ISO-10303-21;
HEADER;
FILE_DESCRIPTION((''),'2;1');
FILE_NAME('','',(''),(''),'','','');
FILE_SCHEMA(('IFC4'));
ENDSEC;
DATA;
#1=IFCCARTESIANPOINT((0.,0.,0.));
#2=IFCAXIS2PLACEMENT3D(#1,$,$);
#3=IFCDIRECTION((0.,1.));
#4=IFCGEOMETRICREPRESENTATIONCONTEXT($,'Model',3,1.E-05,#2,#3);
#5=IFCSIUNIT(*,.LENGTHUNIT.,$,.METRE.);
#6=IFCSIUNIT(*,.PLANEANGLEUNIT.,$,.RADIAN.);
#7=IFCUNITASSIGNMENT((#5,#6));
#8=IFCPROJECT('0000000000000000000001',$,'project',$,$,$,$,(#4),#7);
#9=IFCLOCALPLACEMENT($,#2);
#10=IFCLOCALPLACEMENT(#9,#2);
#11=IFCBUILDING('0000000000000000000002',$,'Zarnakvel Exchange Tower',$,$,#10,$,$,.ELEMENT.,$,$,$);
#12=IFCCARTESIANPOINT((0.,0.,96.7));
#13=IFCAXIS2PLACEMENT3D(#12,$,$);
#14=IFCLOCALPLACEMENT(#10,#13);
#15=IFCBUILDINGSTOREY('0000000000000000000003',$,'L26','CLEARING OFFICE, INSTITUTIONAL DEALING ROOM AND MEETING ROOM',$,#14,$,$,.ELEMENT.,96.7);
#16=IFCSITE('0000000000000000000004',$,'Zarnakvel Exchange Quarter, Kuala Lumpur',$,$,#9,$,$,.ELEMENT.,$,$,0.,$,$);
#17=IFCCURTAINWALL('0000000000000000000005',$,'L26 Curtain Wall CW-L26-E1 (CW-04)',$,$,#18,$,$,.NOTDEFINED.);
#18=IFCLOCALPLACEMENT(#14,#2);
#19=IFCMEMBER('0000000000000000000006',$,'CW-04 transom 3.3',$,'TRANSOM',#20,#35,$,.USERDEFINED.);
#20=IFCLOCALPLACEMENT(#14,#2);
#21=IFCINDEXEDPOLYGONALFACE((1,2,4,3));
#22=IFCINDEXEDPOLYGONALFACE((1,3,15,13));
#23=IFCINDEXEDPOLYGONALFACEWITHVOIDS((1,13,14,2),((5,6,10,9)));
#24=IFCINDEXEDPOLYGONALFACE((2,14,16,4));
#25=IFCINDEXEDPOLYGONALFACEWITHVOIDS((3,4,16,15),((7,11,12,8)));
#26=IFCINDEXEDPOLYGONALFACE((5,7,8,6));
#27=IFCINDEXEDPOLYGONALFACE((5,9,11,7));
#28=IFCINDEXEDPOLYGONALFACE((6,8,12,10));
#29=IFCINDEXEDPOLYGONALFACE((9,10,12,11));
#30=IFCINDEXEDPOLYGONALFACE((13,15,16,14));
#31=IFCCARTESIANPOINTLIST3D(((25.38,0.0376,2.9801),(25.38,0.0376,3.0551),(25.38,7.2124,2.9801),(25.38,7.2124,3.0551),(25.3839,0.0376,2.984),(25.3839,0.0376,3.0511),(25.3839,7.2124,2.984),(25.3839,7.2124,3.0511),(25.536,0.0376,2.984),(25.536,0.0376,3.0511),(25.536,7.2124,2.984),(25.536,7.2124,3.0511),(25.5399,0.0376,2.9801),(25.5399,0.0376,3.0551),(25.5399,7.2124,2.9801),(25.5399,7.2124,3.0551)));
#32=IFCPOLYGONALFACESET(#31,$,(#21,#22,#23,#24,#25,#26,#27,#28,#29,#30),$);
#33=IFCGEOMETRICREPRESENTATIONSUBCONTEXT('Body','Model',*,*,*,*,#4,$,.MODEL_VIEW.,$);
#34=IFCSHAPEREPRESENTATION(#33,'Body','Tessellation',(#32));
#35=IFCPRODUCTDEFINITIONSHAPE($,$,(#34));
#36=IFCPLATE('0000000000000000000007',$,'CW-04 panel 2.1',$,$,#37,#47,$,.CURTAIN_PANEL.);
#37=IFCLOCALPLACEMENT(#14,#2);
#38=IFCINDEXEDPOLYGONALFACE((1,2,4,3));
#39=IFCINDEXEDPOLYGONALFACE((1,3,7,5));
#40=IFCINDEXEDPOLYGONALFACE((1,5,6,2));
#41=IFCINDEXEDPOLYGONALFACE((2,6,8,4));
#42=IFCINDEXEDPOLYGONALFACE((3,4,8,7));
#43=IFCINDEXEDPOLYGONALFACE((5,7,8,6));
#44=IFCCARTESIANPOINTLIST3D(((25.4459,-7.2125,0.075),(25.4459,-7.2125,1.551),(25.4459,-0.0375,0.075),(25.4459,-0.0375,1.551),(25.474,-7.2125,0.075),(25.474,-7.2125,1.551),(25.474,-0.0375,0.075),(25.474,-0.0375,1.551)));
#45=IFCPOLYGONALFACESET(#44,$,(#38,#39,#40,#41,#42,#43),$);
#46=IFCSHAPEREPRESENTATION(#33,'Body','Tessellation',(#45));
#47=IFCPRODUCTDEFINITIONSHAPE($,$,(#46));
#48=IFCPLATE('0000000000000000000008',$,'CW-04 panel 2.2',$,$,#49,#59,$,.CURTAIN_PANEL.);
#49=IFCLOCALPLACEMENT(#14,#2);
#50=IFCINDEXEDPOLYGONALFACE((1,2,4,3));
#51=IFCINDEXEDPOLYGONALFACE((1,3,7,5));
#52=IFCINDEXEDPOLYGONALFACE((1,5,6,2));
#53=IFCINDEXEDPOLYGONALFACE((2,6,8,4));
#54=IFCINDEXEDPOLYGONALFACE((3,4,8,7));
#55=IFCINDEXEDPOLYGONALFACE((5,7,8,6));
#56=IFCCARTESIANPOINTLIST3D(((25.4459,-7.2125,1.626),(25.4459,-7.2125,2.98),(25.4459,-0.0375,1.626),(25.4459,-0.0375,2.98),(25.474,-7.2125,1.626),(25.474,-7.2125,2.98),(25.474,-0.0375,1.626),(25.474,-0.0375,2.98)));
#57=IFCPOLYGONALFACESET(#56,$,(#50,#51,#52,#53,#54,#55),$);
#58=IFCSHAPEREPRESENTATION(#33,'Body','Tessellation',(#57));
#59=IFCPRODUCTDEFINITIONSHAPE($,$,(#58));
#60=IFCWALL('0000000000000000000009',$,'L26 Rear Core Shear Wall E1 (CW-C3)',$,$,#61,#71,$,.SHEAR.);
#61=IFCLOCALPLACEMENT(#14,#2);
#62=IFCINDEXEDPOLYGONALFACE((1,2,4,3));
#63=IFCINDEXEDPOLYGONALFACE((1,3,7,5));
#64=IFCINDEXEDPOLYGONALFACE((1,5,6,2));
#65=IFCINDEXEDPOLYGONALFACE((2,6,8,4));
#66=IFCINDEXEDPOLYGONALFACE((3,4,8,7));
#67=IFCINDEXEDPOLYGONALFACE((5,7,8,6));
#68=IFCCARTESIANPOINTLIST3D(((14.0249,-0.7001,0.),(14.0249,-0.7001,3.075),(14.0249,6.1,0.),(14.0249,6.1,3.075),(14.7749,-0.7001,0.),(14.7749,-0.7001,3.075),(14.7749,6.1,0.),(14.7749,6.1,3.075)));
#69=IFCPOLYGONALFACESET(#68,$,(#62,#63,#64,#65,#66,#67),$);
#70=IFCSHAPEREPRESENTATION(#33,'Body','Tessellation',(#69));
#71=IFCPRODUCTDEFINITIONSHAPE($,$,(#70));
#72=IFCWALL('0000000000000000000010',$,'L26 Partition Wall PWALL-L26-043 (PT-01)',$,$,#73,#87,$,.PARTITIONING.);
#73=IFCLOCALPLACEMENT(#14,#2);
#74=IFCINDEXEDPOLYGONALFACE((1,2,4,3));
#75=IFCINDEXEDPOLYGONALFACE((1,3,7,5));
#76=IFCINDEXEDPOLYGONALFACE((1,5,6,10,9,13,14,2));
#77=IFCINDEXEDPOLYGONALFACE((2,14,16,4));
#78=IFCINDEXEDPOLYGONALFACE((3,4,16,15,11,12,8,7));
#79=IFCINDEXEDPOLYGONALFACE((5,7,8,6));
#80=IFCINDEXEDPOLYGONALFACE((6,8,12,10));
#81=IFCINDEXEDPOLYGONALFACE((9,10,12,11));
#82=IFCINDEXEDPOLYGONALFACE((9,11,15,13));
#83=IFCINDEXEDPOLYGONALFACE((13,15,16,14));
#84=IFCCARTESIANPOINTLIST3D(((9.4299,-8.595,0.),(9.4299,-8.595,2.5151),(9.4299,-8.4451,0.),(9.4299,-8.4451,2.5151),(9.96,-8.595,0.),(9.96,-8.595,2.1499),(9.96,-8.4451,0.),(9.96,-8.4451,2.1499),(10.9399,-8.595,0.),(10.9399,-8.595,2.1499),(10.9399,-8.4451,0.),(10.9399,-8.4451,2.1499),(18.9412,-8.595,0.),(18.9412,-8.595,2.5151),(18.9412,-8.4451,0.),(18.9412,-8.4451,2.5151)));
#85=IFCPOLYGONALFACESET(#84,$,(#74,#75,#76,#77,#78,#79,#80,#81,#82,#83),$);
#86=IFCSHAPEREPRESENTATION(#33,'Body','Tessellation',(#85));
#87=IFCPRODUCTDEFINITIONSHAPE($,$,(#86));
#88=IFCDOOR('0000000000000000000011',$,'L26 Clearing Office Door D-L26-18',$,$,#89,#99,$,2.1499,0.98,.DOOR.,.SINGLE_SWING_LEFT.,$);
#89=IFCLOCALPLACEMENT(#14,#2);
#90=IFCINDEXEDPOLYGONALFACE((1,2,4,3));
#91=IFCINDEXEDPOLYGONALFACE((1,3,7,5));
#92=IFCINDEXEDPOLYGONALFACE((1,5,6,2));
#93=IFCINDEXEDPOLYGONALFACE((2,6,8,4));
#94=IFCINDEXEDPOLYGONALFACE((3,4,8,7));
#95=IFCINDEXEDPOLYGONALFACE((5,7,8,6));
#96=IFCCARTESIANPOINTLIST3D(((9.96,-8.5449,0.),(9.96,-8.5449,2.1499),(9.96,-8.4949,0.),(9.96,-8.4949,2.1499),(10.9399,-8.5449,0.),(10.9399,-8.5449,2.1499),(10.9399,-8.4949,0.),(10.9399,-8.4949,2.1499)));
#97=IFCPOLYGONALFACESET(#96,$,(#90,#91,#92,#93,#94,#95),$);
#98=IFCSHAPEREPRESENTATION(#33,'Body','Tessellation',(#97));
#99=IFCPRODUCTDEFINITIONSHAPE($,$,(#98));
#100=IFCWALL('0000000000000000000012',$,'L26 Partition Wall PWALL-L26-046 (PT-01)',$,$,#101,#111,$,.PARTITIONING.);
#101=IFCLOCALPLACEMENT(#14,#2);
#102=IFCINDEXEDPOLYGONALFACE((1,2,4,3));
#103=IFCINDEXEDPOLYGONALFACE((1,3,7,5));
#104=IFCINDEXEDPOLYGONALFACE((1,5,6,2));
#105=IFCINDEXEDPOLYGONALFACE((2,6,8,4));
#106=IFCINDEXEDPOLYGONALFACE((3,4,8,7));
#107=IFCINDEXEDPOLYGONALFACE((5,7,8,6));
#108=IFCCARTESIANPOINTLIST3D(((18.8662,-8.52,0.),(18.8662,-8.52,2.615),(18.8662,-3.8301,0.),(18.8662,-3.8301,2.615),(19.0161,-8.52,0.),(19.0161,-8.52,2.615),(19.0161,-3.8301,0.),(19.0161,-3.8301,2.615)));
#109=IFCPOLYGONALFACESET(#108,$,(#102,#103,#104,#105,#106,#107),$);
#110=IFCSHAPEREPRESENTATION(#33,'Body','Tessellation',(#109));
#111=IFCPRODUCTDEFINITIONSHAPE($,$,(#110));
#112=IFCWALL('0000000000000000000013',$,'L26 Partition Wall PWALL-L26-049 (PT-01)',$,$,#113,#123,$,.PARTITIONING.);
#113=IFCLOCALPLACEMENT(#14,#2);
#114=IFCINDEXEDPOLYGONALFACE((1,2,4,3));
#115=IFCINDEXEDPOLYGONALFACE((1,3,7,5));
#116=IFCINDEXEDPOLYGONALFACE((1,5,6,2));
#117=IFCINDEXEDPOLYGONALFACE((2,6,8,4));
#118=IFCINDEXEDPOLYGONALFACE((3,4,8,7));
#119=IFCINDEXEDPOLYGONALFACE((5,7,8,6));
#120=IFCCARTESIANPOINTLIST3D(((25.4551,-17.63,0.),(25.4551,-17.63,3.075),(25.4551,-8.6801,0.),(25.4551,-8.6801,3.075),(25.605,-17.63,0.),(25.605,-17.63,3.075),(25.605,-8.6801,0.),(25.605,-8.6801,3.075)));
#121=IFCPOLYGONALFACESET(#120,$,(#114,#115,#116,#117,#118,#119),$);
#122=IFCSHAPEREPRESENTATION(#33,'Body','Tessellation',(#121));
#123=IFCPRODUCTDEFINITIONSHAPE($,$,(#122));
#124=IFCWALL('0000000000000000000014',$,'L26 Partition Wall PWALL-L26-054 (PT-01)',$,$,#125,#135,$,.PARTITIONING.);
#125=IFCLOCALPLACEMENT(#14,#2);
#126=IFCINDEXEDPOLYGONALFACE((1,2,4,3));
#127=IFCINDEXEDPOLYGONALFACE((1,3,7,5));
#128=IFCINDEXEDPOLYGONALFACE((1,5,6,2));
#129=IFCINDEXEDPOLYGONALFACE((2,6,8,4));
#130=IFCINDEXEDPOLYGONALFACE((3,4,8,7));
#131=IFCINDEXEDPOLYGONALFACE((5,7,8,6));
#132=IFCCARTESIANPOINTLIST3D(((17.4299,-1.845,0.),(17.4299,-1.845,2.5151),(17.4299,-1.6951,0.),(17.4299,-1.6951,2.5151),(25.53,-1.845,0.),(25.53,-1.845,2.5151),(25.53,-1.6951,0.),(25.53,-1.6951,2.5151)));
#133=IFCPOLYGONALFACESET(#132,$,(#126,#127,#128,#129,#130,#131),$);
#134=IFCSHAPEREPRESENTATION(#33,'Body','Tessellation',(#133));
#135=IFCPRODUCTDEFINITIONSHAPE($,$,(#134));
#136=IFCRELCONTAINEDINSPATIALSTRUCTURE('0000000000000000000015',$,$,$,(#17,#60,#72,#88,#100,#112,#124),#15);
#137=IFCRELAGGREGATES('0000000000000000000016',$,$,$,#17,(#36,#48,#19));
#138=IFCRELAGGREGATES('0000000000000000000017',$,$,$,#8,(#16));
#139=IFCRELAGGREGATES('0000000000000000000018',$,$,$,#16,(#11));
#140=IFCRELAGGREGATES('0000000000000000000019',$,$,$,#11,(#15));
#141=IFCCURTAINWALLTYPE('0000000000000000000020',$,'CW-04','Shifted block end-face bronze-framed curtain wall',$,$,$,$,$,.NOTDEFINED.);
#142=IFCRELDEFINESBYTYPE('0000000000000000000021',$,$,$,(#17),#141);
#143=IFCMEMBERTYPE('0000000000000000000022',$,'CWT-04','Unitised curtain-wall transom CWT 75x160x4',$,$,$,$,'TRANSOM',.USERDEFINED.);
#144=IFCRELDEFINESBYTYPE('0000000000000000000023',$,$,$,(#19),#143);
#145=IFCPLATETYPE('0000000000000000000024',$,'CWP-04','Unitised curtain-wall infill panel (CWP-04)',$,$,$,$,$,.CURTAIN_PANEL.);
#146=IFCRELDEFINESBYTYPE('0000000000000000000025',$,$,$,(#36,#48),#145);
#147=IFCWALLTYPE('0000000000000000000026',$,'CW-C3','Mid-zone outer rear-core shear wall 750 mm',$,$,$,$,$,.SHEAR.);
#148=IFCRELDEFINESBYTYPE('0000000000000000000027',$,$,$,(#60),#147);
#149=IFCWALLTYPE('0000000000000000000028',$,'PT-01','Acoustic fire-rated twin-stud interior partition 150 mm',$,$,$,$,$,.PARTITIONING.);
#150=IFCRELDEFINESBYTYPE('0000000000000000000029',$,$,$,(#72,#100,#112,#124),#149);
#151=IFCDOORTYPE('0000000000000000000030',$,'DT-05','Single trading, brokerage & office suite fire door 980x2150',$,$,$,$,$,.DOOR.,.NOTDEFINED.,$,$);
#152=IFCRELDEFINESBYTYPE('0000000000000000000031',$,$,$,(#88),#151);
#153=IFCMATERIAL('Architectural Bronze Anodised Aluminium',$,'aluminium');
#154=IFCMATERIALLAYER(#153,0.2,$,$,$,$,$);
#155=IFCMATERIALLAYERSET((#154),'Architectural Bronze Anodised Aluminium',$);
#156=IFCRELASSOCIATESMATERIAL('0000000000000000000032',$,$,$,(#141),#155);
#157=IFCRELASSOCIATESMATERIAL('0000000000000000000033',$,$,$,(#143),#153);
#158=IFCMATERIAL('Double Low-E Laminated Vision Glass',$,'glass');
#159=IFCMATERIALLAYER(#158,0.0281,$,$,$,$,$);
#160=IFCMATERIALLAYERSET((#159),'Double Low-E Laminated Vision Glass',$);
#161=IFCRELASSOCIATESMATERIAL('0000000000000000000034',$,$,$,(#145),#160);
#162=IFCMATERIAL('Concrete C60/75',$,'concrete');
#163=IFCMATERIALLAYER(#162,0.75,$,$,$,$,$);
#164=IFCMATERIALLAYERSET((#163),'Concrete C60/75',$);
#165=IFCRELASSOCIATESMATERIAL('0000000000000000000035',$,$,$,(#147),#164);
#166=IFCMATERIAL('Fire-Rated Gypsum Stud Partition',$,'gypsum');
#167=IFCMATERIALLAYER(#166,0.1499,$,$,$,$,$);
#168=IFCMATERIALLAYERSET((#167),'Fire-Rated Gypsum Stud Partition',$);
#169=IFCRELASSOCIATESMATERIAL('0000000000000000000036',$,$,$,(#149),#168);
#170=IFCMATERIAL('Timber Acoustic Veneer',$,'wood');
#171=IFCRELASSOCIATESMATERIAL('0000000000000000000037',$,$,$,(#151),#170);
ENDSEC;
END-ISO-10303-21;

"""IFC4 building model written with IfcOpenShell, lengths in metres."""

from ifc_helpers import new_model, si_unit, direction, frame, frame_2d, origin, origin_2d, place, context, subcontext, project, spatial, rectangle, hollow_rectangle, extrude, source, transform, mapped, material, layer, layer_set, material_profile, profile_set, type_object, element, fill, aggregate, save


model = new_model("IFC4")

# Units and contexts
model_context = context("Model", 3, precision=1e-05, world=origin(), true_north=direction((0.0, 1.0)))
body_context = subcontext(model_context, "Body", "Model", "MODEL_VIEW")
ifc_project = project(units=[si_unit("LENGTHUNIT", "METRE"), si_unit("PLANEANGLEUNIT", "RADIAN")], contexts=[model_context])

# Site, building, storey
site_placement = place(None, origin())
site = spatial("IfcSite", under=ifc_project, at=site_placement, Name="Zarnakvel Exchange Quarter, Kuala Lumpur", CompositionType="ELEMENT", RefElevation=0.0)
building_placement = place(site_placement, origin())
building = spatial("IfcBuilding", under=site, at=building_placement, Name="Zarnakvel Exchange Tower", CompositionType="ELEMENT")
storey_placement = place(building_placement, frame((0.0, 0.0, 96.7)))
storey = spatial("IfcBuildingStorey", under=building, at=storey_placement, Name="L26", Description="CLEARING OFFICE, INSTITUTIONAL DEALING ROOM AND MEETING ROOM", CompositionType="ELEMENT", Elevation=96.7)

# Shared definitions
ifc_material_1 = material(Name="Concrete C60/75", Category="concrete")

# Curtain wall, member, plates
ifc_material_2 = material(Name="Architectural Bronze Anodised Aluminium", Category="aluminium")
ifc_layer_1 = layer(ifc_material_2, 0.2)
ifc_layer_set_1 = layer_set([ifc_layer_1], Name="Architectural Bronze Anodised Aluminium")
curtain_wall_type = type_object("IfcCurtainWallType", Name="CW-04", Description="Shifted block end-face bronze-framed curtain wall", PredefinedType="NOTDEFINED", material=ifc_layer_set_1)
curtain_wall_placement = place(storey_placement, origin())
curtain_wall = element("IfcCurtainWall", 1, at=curtain_wall_placement, inside=storey, type_object=curtain_wall_type, Name="L26 Curtain Wall CW-L26-E1 (CW-04)", PredefinedType="NOTDEFINED")
ifc_material_profile_1 = material_profile(ifc_material_2, hollow_rectangle(XDim=0.1599, YDim=0.075, WallThickness=0.0039, at=origin_2d()))
ifc_profile_set_1 = profile_set([ifc_material_profile_1], Name="Architectural Bronze Anodised Aluminium")
member_type_1 = type_object("IfcMemberType", Name="CWT-04", Description="Unitised curtain-wall transom CWT 75x160x4", ElementType="TRANSOM", PredefinedType="USERDEFINED", material=ifc_profile_set_1)
shared_shape_1 = source(origin(), body_context, "Body", "SweptSolid", [
    extrude(hollow_rectangle(XDim=0.1599, YDim=0.075, WallThickness=0.0039, at=origin_2d()), origin(), (0.0, 0.0, 1.0), 7.1748),
])
member_1_placement = place(storey_placement, frame((25.46, 0.0376, 3.0176), z_axis=(0.0, 1.0, 0.0), x_axis=(-1.0, 0.0, 0.0)))
member_1 = element("IfcMember", 2, at=member_1_placement, type_object=member_type_1, Name="CW-04 transom 3.3", ObjectType="TRANSOM", PredefinedType="USERDEFINED", context=body_context, shape_type="MappedRepresentation", body=[
    mapped(shared_shape_1, transform((0.0, 0.0, 0.0), x_axis=(1.0, 0.0, 0.0), y_axis=(0.0, 1.0, 0.0), z_axis=(0.0, 0.0, 1.0), scale=1.0)),
])
ifc_material_3 = material(Name="Double Low-E Laminated Vision Glass", Category="glass")
ifc_layer_2 = layer(ifc_material_3, 0.0281)
ifc_layer_set_2 = layer_set([ifc_layer_2], Name="Double Low-E Laminated Vision Glass")
plate_type = type_object("IfcPlateType", Name="CWP-04", Description="Unitised curtain-wall infill panel (CWP-04)", PredefinedType="CURTAIN_PANEL", material=ifc_layer_set_2)
shared_shape_2 = source(origin(), body_context, "Body", "SweptSolid", [
    extrude(rectangle(XDim=7.175, YDim=0.0281, at=origin_2d()), origin(), (0.0, 0.0, 1.0), 1.4761),
])
plate_1_placement = place(storey_placement, frame((25.46, -3.625, 0.075), z_axis=(0.0, 0.0, 1.0), x_axis=(0.0, 1.0, 0.0)))
plate_1 = element("IfcPlate", 3, at=plate_1_placement, type_object=plate_type, Name="CW-04 panel 2.1", PredefinedType="CURTAIN_PANEL", context=body_context, shape_type="MappedRepresentation", body=[
    mapped(shared_shape_2, transform((0.0, 0.0, 0.0), x_axis=(1.0, 0.0, 0.0), y_axis=(0.0, 1.0, 0.0), z_axis=(0.0, 0.0, 1.0), scale=1.0)),
])
shared_shape_3 = source(origin(), body_context, "Body", "SweptSolid", [
    extrude(rectangle(XDim=7.175, YDim=0.0281, at=origin_2d()), origin(), (0.0, 0.0, 1.0), 1.354),
])
plate_2_placement = place(storey_placement, frame((25.46, -3.625, 1.626), z_axis=(0.0, 0.0, 1.0), x_axis=(0.0, 1.0, 0.0)))
plate_2 = element("IfcPlate", 4, at=plate_2_placement, type_object=plate_type, Name="CW-04 panel 2.2", PredefinedType="CURTAIN_PANEL", context=body_context, shape_type="MappedRepresentation", body=[
    mapped(shared_shape_3, transform((0.0, 0.0, 0.0), x_axis=(1.0, 0.0, 0.0), y_axis=(0.0, 1.0, 0.0), z_axis=(0.0, 0.0, 1.0), scale=1.0)),
])
aggregate(curtain_wall, [plate_1, plate_2, member_1])

# Wall
ifc_layer_3 = layer(ifc_material_1, 0.75)
ifc_layer_set_3 = layer_set([ifc_layer_3], Name="Concrete C60/75")
wall_type_1 = type_object("IfcWallType", Name="CW-C3", Description="Mid-zone outer rear-core shear wall 750 mm", PredefinedType="SHEAR", material=ifc_layer_set_3)
wall_1_placement = place(storey_placement, frame((14.3999, -0.7, 0.0), z_axis=(0.0, 0.0, 1.0), x_axis=(0.0, 1.0, 0.0)))
element("IfcWall", 5, at=wall_1_placement, inside=storey, type_object=wall_type_1, Name="L26 Rear Core Shear Wall E1 (CW-C3)", PredefinedType="SHEAR", context=body_context, shape_type="SweptSolid", body=[
    extrude(rectangle(XDim=6.8, YDim=0.75, at=frame_2d((3.3999, 0.0))), origin(), (0.0, 0.0, 1.0), 3.075),
])

# Wall, opening, door
ifc_material_4 = material(Name="Fire-Rated Gypsum Stud Partition", Category="gypsum")
ifc_layer_4 = layer(ifc_material_4, 0.1499)
ifc_layer_set_4 = layer_set([ifc_layer_4], Name="Fire-Rated Gypsum Stud Partition")
wall_type_2 = type_object("IfcWallType", Name="PT-01", Description="Acoustic fire-rated twin-stud interior partition 150 mm", PredefinedType="PARTITIONING", material=ifc_layer_set_4)
wall_2_placement = place(storey_placement, frame((18.9412, -8.52, 0.0), z_axis=(0.0, 0.0, 1.0), x_axis=(-1.0, 0.0, 0.0)))
wall_2 = element("IfcWall", 6, at=wall_2_placement, inside=storey, type_object=wall_type_2, Name="L26 Partition Wall PWALL-L26-043 (PT-01)", PredefinedType="PARTITIONING", context=body_context, shape_type="SweptSolid", body=[
    extrude(rectangle(XDim=9.5112, YDim=0.1499, at=frame_2d((4.7556, 0.0))), origin(), (0.0, 0.0, 1.0), 2.5151),
])
opening_1_placement = place(wall_2_placement, frame((8.0012, 0.0, 0.0)))
opening_1 = element("IfcOpeningElement", 7, at=opening_1_placement, cuts=wall_2, PredefinedType="OPENING", context=body_context, shape_type="SweptSolid", body=[
    extrude(rectangle(XDim=0.98, YDim=2.1499, at=frame_2d((0.49, 1.075))), frame((0.0, 0.085, 0.0), z_axis=(0.0, -1.0, 0.0), x_axis=(1.0, 0.0, 0.0)), (0.0, 0.0, 1.0), 0.1699),
])
ifc_material_5 = material(Name="Timber Acoustic Veneer", Category="wood")
door_type = type_object("IfcDoorType", Name="DT-05", Description="Single trading, brokerage & office suite fire door 980x2150", OperationType="NOTDEFINED", PredefinedType="DOOR", material=ifc_material_5)
shared_shape_4 = source(origin(), body_context, "Body", "SweptSolid", [
    extrude(rectangle(XDim=0.98, YDim=2.1499, at=frame_2d((0.49, 1.075))), frame((0.0, 0.0249, 0.0), z_axis=(0.0, -1.0, 0.0), x_axis=(1.0, 0.0, 0.0)), (0.0, 0.0, 1.0), 0.05),
])
door_1_placement = place(opening_1_placement, origin())
door_1 = element("IfcDoor", 8, at=door_1_placement, inside=storey, type_object=door_type, Name="L26 Clearing Office Door D-L26-18", OperationType="SINGLE_SWING_LEFT", OverallHeight=2.1499, OverallWidth=0.98, PredefinedType="DOOR", context=body_context, shape_type="MappedRepresentation", body=[
    mapped(shared_shape_4, transform((0.0, 0.0, 0.0), x_axis=(1.0, 0.0, 0.0), y_axis=(0.0, 1.0, 0.0), z_axis=(0.0, 0.0, 1.0), scale=1.0)),
])
fill(opening_1, door_1)

# Walls
wall_3_placement = place(storey_placement, frame((18.9412, -3.8301, 0.0), z_axis=(0.0, 0.0, 1.0), x_axis=(0.0, -1.0, 0.0)))
element("IfcWall", 9, at=wall_3_placement, inside=storey, type_object=wall_type_2, Name="L26 Partition Wall PWALL-L26-046 (PT-01)", PredefinedType="PARTITIONING", context=body_context, shape_type="SweptSolid", body=[
    extrude(rectangle(XDim=4.6899, YDim=0.1499, at=frame_2d((2.345, 0.0))), origin(), (0.0, 0.0, 1.0), 2.615),
])
wall_4_placement = place(storey_placement, frame((25.53, -8.6799, 0.0), z_axis=(0.0, 0.0, 1.0), x_axis=(0.0, -1.0, 0.0)))
element("IfcWall", 10, at=wall_4_placement, inside=storey, type_object=wall_type_2, Name="L26 Partition Wall PWALL-L26-049 (PT-01)", PredefinedType="PARTITIONING", context=body_context, shape_type="SweptSolid", body=[
    extrude(rectangle(XDim=8.95, YDim=0.1499, at=frame_2d((4.4751, 0.0))), origin(), (0.0, 0.0, 1.0), 3.075),
])
wall_5_placement = place(storey_placement, frame((25.53, -1.77, 0.0), z_axis=(0.0, 0.0, 1.0), x_axis=(-1.0, 0.0, 0.0)))
element("IfcWall", 11, at=wall_5_placement, inside=storey, type_object=wall_type_2, Name="L26 Partition Wall PWALL-L26-054 (PT-01)", PredefinedType="PARTITIONING", context=body_context, shape_type="SweptSolid", body=[
    extrude(rectangle(XDim=8.1001, YDim=0.1499, at=frame_2d((4.05, 0.0))), origin(), (0.0, 0.0, 1.0), 2.5151),
])

save(model, "model.ifc")
